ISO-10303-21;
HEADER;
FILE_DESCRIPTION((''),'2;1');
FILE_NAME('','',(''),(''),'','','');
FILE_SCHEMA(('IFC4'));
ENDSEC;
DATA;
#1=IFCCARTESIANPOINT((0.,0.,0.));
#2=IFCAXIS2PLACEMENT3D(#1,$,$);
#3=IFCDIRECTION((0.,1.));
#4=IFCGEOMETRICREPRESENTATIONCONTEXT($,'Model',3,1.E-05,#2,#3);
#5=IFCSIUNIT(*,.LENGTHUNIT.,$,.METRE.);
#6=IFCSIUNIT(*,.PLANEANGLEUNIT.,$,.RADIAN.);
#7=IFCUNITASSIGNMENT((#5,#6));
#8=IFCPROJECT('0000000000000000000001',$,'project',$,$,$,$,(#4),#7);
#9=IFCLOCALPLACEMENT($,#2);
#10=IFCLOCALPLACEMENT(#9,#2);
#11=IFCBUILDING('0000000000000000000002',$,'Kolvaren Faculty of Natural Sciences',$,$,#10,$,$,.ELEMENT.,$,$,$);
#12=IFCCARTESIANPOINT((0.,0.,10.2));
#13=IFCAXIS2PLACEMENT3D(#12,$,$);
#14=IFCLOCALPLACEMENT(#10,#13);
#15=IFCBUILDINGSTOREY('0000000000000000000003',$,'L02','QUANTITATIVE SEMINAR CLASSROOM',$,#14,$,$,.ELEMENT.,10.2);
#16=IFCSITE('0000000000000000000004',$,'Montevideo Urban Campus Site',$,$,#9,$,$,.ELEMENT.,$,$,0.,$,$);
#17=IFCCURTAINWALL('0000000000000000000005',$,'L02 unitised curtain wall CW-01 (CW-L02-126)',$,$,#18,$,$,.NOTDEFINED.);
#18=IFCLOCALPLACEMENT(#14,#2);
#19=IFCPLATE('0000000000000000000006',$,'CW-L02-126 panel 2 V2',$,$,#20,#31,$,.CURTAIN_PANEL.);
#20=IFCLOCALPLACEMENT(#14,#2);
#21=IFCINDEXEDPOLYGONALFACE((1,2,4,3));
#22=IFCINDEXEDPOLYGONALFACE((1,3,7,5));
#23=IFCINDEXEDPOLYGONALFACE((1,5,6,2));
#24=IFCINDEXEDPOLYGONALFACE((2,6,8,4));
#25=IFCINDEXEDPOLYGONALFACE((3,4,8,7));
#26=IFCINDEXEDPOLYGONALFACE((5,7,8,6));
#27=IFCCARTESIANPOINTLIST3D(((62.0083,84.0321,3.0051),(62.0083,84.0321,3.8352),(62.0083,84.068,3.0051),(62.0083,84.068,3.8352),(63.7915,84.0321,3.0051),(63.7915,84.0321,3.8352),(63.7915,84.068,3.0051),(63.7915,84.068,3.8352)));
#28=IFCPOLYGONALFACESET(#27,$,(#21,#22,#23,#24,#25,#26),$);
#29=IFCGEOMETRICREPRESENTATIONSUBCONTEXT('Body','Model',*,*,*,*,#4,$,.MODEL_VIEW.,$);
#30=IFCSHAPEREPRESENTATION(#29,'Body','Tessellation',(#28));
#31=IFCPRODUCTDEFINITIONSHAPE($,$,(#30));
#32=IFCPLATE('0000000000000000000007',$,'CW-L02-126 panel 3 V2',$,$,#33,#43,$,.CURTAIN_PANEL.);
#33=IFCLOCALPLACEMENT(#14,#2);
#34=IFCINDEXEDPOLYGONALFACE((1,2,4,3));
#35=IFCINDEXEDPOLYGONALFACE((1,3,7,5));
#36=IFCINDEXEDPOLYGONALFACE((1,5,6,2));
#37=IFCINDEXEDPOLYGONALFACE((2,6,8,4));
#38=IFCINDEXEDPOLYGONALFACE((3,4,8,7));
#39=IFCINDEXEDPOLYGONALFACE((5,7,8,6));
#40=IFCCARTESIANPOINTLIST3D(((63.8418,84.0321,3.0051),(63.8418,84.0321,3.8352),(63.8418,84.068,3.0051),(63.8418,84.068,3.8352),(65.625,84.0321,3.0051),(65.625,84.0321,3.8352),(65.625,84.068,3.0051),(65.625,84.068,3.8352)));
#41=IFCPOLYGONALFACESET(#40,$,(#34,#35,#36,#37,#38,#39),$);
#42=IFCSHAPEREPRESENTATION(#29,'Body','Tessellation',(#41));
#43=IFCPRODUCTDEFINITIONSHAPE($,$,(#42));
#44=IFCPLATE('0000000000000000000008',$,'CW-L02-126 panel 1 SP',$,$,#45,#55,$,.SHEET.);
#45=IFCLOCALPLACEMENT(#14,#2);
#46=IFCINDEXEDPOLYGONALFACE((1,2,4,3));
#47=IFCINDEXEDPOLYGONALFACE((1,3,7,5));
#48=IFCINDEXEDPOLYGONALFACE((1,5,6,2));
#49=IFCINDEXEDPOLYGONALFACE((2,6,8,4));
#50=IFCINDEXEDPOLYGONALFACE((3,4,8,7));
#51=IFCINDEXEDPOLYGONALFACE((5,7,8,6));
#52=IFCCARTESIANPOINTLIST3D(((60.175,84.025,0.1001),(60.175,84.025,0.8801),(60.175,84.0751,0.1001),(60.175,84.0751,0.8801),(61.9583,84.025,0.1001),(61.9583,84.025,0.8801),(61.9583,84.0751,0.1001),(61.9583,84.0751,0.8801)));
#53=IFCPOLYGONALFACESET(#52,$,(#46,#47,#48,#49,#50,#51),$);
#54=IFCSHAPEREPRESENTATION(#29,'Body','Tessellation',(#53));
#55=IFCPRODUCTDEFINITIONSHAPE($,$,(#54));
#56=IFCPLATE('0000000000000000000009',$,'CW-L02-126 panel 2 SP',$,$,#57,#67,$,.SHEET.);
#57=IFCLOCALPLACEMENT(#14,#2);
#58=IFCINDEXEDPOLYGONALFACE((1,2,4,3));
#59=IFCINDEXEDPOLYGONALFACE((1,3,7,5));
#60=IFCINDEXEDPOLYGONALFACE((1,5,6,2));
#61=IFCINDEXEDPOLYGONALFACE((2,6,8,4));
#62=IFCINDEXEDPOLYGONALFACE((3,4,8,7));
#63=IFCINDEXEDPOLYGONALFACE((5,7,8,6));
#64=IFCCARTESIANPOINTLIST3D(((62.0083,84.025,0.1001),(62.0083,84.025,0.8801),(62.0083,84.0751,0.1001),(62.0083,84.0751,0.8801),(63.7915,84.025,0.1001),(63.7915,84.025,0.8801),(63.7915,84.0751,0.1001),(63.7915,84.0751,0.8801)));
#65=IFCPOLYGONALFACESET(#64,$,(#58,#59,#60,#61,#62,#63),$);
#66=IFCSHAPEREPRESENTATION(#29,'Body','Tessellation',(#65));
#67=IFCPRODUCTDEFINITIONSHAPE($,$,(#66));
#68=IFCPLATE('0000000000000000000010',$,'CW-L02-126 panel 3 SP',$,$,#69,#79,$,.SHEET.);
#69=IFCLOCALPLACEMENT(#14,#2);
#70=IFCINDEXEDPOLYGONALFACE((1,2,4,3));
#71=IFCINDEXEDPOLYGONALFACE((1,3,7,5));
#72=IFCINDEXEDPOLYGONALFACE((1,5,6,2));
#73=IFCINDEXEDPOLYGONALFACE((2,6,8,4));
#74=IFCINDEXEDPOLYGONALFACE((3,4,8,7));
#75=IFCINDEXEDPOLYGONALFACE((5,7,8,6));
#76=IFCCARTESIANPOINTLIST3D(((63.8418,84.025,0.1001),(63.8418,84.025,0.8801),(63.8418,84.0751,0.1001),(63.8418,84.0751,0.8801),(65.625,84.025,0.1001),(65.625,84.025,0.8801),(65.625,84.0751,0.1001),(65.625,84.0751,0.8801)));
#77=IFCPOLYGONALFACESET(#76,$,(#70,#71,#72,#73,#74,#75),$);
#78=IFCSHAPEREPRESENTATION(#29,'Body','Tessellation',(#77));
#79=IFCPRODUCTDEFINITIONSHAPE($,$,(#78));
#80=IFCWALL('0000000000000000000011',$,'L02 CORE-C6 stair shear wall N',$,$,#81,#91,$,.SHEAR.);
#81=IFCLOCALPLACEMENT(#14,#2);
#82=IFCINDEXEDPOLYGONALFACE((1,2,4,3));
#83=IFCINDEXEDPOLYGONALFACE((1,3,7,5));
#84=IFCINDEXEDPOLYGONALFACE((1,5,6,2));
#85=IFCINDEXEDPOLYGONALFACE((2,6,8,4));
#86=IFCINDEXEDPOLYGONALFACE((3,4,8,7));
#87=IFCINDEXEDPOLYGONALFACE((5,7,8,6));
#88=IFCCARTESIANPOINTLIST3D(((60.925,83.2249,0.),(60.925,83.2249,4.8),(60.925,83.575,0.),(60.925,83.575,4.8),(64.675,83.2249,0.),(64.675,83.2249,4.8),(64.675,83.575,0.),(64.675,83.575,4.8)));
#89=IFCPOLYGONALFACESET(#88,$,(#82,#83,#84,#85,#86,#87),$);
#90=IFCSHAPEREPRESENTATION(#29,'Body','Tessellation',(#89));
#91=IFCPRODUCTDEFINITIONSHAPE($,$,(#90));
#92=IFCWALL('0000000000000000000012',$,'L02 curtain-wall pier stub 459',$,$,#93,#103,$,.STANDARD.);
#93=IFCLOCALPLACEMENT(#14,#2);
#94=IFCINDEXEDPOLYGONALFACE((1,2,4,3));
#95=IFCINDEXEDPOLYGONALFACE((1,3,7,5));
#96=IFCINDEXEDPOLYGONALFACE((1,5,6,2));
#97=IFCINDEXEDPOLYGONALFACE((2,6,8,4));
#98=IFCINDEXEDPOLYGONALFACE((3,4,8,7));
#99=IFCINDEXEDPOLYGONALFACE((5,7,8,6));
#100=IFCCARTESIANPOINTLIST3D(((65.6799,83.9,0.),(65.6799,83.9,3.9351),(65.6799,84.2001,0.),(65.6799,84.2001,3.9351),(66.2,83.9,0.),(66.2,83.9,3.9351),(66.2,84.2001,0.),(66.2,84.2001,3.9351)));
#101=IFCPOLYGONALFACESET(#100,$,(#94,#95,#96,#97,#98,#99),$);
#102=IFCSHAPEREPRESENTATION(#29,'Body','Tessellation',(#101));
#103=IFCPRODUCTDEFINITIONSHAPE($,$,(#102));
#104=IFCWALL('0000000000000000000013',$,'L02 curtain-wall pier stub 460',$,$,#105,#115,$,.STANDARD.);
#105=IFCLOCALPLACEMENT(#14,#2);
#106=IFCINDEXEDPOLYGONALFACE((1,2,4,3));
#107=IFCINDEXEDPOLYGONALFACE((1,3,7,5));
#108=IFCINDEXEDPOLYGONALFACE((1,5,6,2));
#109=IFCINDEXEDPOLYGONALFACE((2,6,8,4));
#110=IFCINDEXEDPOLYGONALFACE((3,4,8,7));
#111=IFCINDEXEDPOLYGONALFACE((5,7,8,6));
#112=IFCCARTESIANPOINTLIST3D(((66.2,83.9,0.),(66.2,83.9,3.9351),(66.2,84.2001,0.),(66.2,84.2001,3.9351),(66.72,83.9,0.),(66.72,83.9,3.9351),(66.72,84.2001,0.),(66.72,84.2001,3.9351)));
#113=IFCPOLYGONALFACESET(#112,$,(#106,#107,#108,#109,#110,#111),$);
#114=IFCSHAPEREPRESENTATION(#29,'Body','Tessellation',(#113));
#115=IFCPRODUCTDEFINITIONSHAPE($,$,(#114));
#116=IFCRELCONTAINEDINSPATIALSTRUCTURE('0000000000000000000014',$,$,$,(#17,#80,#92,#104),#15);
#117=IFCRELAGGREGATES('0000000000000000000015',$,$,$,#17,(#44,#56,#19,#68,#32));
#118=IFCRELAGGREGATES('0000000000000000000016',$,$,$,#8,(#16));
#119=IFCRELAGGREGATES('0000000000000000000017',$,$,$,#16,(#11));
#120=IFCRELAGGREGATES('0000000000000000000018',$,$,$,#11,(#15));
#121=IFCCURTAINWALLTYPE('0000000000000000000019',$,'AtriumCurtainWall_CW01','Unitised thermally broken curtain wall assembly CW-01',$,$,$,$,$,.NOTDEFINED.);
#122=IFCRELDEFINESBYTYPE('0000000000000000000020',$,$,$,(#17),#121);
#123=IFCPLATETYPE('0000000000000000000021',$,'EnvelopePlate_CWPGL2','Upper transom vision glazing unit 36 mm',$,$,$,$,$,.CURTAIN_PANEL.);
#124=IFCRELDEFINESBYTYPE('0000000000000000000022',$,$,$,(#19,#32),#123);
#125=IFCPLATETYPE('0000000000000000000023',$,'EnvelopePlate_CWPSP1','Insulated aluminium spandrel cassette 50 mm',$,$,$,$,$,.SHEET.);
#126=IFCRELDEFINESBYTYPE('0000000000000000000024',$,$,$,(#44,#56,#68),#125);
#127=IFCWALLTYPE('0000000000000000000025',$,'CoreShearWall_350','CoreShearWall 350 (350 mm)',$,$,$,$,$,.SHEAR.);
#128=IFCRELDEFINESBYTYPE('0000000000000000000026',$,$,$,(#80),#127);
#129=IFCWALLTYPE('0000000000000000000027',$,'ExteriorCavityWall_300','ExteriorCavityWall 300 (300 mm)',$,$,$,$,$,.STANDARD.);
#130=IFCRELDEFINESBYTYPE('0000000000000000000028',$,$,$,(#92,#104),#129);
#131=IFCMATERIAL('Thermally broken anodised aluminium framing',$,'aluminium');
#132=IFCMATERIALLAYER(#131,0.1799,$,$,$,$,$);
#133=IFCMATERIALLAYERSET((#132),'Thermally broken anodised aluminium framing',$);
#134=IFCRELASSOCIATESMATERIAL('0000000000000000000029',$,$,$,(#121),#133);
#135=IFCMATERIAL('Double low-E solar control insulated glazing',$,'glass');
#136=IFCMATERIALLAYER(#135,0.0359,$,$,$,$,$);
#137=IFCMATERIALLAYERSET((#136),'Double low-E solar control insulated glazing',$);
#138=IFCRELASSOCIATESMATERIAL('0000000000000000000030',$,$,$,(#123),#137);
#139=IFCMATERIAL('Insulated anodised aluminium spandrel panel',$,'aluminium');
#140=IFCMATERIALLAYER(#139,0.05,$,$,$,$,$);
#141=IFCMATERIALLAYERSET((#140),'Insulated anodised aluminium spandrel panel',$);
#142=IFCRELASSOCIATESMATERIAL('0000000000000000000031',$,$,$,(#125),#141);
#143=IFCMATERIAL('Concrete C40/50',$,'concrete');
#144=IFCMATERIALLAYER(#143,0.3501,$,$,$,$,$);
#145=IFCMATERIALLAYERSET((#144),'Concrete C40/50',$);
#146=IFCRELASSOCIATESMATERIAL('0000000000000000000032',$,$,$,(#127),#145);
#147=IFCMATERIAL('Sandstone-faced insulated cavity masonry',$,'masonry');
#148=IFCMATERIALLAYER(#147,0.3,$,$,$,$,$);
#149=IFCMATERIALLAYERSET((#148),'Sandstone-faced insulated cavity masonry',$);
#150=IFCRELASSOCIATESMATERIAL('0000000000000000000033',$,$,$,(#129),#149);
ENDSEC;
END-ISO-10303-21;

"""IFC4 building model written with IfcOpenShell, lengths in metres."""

from ifc_helpers import new_model, si_unit, direction, frame, frame_2d, origin, origin_2d, place, context, subcontext, project, spatial, rectangle, extrude, material, layer, layer_set, type_object, element, aggregate, save


model = new_model("IFC4")

# Units and contexts
model_context = context("Model", 3, precision=1e-05, world=origin(), true_north=direction((0.0, 1.0)))
body_context = subcontext(model_context, "Body", "Model", "MODEL_VIEW")
ifc_project = project(units=[si_unit("LENGTHUNIT", "METRE"), si_unit("PLANEANGLEUNIT", "RADIAN")], contexts=[model_context])

# Site, building, storey
site_placement = place(None, origin())
site = spatial("IfcSite", under=ifc_project, at=site_placement, Name="Montevideo Urban Campus Site", CompositionType="ELEMENT", RefElevation=0.0)
building_placement = place(site_placement, origin())
building = spatial("IfcBuilding", under=site, at=building_placement, Name="Kolvaren Faculty of Natural Sciences", CompositionType="ELEMENT")
storey_placement = place(building_placement, frame((0.0, 0.0, 10.2)))
storey = spatial("IfcBuildingStorey", under=building, at=storey_placement, Name="L02", Description="QUANTITATIVE SEMINAR CLASSROOM", CompositionType="ELEMENT", Elevation=10.2)

# Curtain wall
ifc_material_1 = material(Name="Thermally broken anodised aluminium framing", Category="aluminium")
ifc_layer_1 = layer(ifc_material_1, 0.1799)
ifc_layer_set_1 = layer_set([ifc_layer_1], Name="Thermally broken anodised aluminium framing")
curtain_wall_type = type_object("IfcCurtainWallType", Name="AtriumCurtainWall_CW01", Description="Unitised thermally broken curtain wall assembly CW-01", PredefinedType="NOTDEFINED", material=ifc_layer_set_1)
curtain_wall_1_placement = place(storey_placement, origin())
curtain_wall_1 = element("IfcCurtainWall", 1, at=curtain_wall_1_placement, inside=storey, type_object=curtain_wall_type, Name="L02 unitised curtain wall CW-01 (CW-L02-126)", PredefinedType="NOTDEFINED")

# Plates
ifc_material_2 = material(Name="Double low-E solar control insulated glazing", Category="glass")
ifc_layer_2 = layer(ifc_material_2, 0.0359)
ifc_layer_set_2 = layer_set([ifc_layer_2], Name="Double low-E solar control insulated glazing")
plate_type_1 = type_object("IfcPlateType", Name="EnvelopePlate_CWPGL2", Description="Upper transom vision glazing unit 36 mm", PredefinedType="CURTAIN_PANEL", material=ifc_layer_set_2)
plate_1_placement = place(storey_placement, frame((62.8999, 84.05, 3.0051), z_axis=(0.0, 0.0, 1.0), x_axis=(1.0, 0.0, 0.0)))
plate_1 = element("IfcPlate", 2, at=plate_1_placement, type_object=plate_type_1, Name="CW-L02-126 panel 2 V2", PredefinedType="CURTAIN_PANEL", context=body_context, shape_type="SweptSolid", body=[
    extrude(rectangle(XDim=1.7832, YDim=0.0359, at=origin_2d()), origin(), (0.0, 0.0, 1.0), 0.8301),
])
plate_2_placement = place(storey_placement, frame((64.7334, 84.05, 3.0051), z_axis=(0.0, 0.0, 1.0), x_axis=(1.0, 0.0, 0.0)))
plate_2 = element("IfcPlate", 3, at=plate_2_placement, type_object=plate_type_1, Name="CW-L02-126 panel 3 V2", PredefinedType="CURTAIN_PANEL", context=body_context, shape_type="SweptSolid", body=[
    extrude(rectangle(XDim=1.7832, YDim=0.0359, at=origin_2d()), origin(), (0.0, 0.0, 1.0), 0.8301),
])
ifc_material_3 = material(Name="Insulated anodised aluminium spandrel panel", Category="aluminium")
ifc_layer_3 = layer(ifc_material_3, 0.05)
ifc_layer_set_3 = layer_set([ifc_layer_3], Name="Insulated anodised aluminium spandrel panel")
plate_type_2 = type_object("IfcPlateType", Name="EnvelopePlate_CWPSP1", Description="Insulated aluminium spandrel cassette 50 mm", PredefinedType="SHEET", material=ifc_layer_set_3)
plate_3_placement = place(storey_placement, frame((61.0667, 84.05, 0.1001), z_axis=(0.0, 0.0, 1.0), x_axis=(1.0, 0.0, 0.0)))
plate_3 = element("IfcPlate", 4, at=plate_3_placement, type_object=plate_type_2, Name="CW-L02-126 panel 1 SP", PredefinedType="SHEET", context=body_context, shape_type="SweptSolid", body=[
    extrude(rectangle(XDim=1.7832, YDim=0.05, at=origin_2d()), origin(), (0.0, 0.0, 1.0), 0.78),
])
plate_4_placement = place(storey_placement, frame((62.8999, 84.05, 0.1001), z_axis=(0.0, 0.0, 1.0), x_axis=(1.0, 0.0, 0.0)))
plate_4 = element("IfcPlate", 5, at=plate_4_placement, type_object=plate_type_2, Name="CW-L02-126 panel 2 SP", PredefinedType="SHEET", context=body_context, shape_type="SweptSolid", body=[
    extrude(rectangle(XDim=1.7832, YDim=0.05, at=origin_2d()), origin(), (0.0, 0.0, 1.0), 0.78),
])
plate_5_placement = place(storey_placement, frame((64.7334, 84.05, 0.1001), z_axis=(0.0, 0.0, 1.0), x_axis=(1.0, 0.0, 0.0)))
plate_5 = element("IfcPlate", 6, at=plate_5_placement, type_object=plate_type_2, Name="CW-L02-126 panel 3 SP", PredefinedType="SHEET", context=body_context, shape_type="SweptSolid", body=[
    extrude(rectangle(XDim=1.7832, YDim=0.05, at=origin_2d()), origin(), (0.0, 0.0, 1.0), 0.78),
])
aggregate(curtain_wall_1, [plate_3, plate_4, plate_1, plate_5, plate_2])

# Walls
ifc_material_4 = material(Name="Concrete C40/50", Category="concrete")
ifc_layer_4 = layer(ifc_material_4, 0.3501)
ifc_layer_set_4 = layer_set([ifc_layer_4], Name="Concrete C40/50")
wall_type_1 = type_object("IfcWallType", Name="CoreShearWall_350", Description="CoreShearWall 350 (350 mm)", PredefinedType="SHEAR", material=ifc_layer_set_4)
wall_placement = place(storey_placement, frame((60.925, 83.3999, 0.0), z_axis=(0.0, 0.0, 1.0), x_axis=(1.0, 0.0, 0.0)))
element("IfcWall", 7, at=wall_placement, inside=storey, type_object=wall_type_1, Name="L02 CORE-C6 stair shear wall N", PredefinedType="SHEAR", context=body_context, shape_type="SweptSolid", body=[
    extrude(rectangle(XDim=3.75, YDim=0.3501, at=frame_2d((1.875, 0.0))), origin(), (0.0, 0.0, 1.0), 4.8),
])
ifc_material_5 = material(Name="Sandstone-faced insulated cavity masonry", Category="masonry")
ifc_layer_5 = layer(ifc_material_5, 0.3)
ifc_layer_set_5 = layer_set([ifc_layer_5], Name="Sandstone-faced insulated cavity masonry")
wall_type_2 = type_object("IfcWallType", Name="ExteriorCavityWall_300", Description="ExteriorCavityWall 300 (300 mm)", PredefinedType="STANDARD", material=ifc_layer_set_5)
for number, where, z_axis, x_axis, name in (
    (8, (65.6799, 84.05, 0.0), (0.0, 0.0, 1.0), (1.0, 0.0, 0.0), "L02 curtain-wall pier stub 459"),
    (9, (66.2, 84.05, 0.0), (0.0, 0.0, 1.0), (1.0, 0.0, 0.0), "L02 curtain-wall pier stub 460"),
):
    element("IfcWall", number, at=place(storey_placement, frame(where, z_axis=z_axis, x_axis=x_axis)), inside=storey, type_object=wall_type_2, Name=name, PredefinedType="STANDARD", context=body_context, shape_type="SweptSolid", body=[
        extrude(rectangle(XDim=0.52, YDim=0.3, at=frame_2d((0.26, 0.0))), origin(), (0.0, 0.0, 1.0), 3.9351),
    ])

save(model, "model.ifc")
